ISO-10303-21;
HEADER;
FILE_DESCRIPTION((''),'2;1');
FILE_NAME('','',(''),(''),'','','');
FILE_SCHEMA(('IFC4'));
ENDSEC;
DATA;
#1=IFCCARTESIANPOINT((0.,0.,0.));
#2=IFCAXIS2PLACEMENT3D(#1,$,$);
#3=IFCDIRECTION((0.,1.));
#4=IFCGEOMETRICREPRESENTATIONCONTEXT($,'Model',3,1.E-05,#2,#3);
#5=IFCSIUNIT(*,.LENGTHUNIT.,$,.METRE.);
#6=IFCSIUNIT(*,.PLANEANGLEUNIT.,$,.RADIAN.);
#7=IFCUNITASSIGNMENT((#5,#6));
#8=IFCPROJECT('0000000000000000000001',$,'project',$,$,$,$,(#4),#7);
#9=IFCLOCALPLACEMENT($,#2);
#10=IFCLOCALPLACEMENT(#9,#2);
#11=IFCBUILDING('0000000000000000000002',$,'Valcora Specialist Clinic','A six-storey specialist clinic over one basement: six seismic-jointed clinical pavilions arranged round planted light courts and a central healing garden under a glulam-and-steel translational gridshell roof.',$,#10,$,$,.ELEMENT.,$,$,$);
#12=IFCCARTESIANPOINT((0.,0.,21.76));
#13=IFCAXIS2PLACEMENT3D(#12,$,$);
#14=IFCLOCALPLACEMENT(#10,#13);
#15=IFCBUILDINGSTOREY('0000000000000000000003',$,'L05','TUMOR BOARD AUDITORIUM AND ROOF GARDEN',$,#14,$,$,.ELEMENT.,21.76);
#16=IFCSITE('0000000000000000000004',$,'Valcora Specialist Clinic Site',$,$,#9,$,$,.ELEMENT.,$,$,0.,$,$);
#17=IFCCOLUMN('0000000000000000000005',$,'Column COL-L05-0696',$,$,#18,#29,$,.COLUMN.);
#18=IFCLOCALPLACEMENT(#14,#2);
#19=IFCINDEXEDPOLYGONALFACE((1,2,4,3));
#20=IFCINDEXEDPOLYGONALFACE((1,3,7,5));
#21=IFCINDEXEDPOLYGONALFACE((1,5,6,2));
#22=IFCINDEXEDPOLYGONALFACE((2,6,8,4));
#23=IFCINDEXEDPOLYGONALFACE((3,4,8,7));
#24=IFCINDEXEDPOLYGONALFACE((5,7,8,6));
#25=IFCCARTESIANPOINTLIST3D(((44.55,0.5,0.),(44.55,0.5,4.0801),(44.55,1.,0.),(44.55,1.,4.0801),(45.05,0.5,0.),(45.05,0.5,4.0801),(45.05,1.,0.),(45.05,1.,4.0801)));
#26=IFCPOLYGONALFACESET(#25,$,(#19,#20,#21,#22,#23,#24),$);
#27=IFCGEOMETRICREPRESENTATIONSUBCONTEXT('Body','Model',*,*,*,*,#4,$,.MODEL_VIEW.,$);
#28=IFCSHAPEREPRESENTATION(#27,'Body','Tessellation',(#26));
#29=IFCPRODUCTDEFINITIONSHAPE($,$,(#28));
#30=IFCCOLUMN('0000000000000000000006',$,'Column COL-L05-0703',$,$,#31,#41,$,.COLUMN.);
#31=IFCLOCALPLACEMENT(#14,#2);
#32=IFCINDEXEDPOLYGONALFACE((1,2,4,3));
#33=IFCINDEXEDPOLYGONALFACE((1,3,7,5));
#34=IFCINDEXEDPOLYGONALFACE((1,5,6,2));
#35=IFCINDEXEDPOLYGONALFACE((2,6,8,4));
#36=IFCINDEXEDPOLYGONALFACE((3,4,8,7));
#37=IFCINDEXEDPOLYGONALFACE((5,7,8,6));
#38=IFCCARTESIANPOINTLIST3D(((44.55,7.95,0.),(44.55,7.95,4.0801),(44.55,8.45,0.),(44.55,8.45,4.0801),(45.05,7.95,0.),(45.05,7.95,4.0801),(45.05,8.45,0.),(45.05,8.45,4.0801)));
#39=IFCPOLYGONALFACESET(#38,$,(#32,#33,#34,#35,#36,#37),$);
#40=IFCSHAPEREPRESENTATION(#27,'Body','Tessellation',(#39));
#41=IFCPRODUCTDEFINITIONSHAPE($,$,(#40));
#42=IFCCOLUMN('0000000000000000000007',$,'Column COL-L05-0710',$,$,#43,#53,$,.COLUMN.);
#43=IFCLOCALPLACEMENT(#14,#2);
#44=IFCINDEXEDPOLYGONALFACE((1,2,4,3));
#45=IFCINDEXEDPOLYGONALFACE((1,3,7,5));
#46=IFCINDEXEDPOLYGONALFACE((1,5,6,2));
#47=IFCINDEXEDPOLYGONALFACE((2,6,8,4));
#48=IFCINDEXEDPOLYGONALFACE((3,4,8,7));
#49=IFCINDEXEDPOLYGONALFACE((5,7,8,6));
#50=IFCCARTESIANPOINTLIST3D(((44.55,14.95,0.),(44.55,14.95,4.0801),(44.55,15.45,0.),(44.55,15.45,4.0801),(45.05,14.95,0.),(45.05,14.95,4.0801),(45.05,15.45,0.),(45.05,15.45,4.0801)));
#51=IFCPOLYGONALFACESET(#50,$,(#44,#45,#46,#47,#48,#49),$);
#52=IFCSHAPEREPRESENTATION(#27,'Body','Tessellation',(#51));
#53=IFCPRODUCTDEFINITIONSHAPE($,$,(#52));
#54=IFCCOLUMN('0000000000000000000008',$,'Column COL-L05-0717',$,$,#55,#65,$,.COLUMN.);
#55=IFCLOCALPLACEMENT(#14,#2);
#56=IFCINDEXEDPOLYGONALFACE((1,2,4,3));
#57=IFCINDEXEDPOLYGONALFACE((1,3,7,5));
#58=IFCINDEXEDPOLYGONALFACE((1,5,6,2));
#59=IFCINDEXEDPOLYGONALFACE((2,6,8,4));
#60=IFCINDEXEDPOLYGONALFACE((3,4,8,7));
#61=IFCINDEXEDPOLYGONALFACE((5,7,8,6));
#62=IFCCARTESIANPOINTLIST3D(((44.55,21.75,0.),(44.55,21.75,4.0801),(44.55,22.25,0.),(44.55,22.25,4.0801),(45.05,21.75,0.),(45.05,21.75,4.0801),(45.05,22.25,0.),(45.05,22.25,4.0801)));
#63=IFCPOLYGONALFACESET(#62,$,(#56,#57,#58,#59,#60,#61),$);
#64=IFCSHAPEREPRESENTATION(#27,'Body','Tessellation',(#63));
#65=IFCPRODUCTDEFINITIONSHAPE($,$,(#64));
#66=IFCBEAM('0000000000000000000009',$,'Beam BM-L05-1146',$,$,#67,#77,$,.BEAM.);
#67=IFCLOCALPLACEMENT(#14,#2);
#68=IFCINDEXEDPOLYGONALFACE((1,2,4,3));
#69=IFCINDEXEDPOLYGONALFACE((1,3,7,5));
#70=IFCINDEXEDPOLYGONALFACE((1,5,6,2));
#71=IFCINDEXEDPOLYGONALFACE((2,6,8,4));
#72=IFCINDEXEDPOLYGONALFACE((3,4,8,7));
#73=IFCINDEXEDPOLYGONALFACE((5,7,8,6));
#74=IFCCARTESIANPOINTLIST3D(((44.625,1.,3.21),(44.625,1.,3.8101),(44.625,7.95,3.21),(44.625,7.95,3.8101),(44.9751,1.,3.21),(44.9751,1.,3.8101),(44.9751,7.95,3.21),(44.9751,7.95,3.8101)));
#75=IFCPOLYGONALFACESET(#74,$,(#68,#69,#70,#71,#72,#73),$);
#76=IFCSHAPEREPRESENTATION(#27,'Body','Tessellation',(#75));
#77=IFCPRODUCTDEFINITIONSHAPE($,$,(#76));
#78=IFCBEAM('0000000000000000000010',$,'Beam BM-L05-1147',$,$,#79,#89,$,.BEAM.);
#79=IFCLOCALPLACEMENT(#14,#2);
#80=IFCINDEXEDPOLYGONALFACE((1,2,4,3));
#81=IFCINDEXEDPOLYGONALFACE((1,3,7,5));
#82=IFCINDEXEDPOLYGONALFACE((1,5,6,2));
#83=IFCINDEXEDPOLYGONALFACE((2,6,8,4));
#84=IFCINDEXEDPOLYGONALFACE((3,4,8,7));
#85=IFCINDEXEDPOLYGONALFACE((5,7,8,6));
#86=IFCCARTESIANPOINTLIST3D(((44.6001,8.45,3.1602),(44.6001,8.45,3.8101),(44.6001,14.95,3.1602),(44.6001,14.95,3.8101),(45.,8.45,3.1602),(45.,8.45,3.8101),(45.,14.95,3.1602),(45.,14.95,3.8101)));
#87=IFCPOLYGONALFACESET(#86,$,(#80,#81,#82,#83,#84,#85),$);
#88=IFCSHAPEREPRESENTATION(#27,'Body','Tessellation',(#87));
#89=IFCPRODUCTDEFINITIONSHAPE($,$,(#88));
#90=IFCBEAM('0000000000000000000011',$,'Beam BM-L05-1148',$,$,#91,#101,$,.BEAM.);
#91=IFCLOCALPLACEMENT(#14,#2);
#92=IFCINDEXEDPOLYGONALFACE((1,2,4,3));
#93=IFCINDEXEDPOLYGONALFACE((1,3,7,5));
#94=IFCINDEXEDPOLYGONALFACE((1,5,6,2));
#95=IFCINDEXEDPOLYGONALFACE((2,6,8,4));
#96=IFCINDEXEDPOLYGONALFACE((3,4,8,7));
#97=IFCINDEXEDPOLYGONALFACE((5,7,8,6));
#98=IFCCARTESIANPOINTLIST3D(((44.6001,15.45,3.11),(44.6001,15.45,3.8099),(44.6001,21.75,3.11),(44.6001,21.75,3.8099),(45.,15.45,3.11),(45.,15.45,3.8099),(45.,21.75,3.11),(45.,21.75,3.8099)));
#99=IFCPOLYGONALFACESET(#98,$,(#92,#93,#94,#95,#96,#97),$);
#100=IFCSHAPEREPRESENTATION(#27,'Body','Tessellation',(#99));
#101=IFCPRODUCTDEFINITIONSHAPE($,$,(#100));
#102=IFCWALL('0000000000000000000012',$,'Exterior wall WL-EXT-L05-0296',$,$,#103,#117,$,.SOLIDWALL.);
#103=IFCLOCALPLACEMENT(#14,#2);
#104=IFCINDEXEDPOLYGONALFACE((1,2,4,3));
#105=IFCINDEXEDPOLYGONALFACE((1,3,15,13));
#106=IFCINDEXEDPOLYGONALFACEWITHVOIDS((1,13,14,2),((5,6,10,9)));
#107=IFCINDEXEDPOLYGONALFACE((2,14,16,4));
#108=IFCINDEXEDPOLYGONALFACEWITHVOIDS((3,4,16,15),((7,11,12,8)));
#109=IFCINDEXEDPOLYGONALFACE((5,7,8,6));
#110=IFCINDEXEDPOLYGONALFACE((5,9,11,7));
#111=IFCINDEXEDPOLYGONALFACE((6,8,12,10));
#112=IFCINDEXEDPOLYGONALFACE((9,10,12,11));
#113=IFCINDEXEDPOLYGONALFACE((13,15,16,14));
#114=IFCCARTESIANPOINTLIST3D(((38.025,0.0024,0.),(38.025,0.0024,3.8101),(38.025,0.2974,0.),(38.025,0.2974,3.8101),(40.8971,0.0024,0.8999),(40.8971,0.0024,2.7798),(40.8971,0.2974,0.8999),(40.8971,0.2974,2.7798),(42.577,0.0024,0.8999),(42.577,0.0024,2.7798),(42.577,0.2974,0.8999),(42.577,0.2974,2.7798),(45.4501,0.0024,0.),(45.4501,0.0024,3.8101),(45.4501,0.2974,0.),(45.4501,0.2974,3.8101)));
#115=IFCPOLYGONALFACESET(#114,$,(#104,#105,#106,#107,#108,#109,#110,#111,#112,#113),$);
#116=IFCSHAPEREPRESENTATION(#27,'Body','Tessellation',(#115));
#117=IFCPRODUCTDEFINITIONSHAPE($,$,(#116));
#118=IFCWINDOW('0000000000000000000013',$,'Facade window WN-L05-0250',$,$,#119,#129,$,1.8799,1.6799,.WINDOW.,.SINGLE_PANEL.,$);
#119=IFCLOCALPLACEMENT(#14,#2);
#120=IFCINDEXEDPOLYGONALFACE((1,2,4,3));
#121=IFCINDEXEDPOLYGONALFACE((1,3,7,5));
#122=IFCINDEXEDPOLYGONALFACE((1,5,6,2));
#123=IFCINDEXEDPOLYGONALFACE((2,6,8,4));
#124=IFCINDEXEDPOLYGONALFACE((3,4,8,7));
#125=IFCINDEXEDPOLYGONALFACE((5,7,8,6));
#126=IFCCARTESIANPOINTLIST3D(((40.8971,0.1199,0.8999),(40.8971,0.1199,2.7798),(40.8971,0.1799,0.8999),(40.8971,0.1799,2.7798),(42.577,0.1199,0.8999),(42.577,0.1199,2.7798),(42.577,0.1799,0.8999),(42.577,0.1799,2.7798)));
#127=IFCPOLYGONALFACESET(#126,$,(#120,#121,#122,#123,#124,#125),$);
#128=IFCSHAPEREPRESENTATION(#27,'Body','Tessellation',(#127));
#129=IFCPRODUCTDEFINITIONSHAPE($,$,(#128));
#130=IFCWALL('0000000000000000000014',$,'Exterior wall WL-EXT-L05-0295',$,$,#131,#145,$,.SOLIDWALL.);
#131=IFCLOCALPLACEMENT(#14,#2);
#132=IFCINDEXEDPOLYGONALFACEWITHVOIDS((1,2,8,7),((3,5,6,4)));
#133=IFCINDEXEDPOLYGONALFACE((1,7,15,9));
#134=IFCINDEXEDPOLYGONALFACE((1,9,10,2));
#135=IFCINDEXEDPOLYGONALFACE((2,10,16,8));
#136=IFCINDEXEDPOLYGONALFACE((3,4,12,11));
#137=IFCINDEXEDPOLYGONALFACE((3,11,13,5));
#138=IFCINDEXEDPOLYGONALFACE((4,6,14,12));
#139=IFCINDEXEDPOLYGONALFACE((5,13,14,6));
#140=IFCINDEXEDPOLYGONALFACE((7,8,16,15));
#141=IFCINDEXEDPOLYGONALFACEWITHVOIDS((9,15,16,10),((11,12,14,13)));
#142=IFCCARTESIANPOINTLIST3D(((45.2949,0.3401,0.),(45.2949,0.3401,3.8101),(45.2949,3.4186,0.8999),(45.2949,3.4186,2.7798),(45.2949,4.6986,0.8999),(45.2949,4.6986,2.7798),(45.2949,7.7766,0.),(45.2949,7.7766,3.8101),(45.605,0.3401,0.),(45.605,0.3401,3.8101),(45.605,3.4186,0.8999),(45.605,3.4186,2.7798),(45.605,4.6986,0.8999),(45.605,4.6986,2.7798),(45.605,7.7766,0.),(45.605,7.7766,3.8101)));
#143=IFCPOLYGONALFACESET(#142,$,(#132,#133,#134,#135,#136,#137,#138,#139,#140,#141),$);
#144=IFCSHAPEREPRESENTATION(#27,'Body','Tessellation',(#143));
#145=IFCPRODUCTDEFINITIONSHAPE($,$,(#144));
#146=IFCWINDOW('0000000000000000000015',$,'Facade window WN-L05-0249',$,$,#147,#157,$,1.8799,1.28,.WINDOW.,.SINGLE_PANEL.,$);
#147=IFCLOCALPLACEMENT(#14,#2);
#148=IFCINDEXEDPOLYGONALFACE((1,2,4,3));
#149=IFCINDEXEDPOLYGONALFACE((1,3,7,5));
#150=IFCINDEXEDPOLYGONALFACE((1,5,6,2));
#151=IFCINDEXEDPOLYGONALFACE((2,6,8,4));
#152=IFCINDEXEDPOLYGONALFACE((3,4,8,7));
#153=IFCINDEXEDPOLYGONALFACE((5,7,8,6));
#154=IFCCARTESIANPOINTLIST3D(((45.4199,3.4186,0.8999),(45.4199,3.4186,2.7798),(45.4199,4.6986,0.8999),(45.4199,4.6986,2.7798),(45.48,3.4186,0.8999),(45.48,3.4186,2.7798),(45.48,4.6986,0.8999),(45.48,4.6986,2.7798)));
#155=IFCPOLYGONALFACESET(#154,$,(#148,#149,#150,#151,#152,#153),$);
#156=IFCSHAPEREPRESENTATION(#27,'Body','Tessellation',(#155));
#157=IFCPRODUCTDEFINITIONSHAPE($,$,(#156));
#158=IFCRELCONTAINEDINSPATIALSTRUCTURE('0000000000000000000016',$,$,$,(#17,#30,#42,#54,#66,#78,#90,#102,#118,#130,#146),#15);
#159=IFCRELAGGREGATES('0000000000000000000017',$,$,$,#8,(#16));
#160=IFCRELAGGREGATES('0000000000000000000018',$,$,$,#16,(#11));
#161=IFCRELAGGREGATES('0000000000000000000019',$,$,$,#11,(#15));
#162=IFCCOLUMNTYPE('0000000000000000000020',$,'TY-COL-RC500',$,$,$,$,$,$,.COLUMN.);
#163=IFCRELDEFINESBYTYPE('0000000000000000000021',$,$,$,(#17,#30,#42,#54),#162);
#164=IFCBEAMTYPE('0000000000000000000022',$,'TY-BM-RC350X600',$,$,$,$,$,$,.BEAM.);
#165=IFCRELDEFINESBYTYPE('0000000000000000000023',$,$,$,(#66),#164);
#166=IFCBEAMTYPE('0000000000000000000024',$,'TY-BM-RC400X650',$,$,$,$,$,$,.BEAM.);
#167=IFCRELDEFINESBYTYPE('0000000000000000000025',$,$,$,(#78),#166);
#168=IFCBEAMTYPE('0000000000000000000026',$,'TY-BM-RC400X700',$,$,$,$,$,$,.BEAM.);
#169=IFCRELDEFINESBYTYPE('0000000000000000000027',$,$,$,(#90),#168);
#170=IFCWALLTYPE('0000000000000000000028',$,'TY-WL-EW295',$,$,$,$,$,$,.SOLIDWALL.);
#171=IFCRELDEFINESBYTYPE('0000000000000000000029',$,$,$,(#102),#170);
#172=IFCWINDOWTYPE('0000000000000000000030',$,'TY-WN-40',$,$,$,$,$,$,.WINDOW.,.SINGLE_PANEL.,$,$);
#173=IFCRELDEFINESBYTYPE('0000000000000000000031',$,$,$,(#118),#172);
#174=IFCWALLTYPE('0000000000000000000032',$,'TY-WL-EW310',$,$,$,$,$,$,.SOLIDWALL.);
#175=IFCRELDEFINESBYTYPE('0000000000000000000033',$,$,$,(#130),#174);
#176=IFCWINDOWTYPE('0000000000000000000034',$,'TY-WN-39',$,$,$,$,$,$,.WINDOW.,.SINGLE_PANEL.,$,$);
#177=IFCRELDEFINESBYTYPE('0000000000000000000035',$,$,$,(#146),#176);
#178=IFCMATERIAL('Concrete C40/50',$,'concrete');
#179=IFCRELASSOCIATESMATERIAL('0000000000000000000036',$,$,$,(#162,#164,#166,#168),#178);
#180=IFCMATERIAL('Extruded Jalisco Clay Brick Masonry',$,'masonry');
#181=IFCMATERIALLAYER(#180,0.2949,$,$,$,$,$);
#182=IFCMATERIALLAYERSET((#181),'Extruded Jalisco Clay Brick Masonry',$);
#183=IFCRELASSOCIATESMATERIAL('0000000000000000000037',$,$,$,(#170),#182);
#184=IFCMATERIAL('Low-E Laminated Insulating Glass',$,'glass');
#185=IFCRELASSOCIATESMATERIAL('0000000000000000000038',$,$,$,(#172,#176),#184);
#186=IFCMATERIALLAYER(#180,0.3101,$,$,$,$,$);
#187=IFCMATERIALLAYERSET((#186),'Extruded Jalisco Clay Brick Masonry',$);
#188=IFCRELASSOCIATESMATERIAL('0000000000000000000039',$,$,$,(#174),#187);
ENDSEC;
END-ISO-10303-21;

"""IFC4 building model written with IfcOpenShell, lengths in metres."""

from ifc_helpers import new_model, si_unit, direction, frame, frame_2d, origin, origin_2d, place, context, subcontext, project, spatial, rectangle, extrude, material, layer, layer_set, material_profile, profile_set, type_object, element, fill, save


model = new_model("IFC4")

# Units and contexts
model_context = context("Model", 3, precision=1e-05, world=origin(), true_north=direction((0.0, 1.0)))
body_context = subcontext(model_context, "Body", "Model", "MODEL_VIEW")
ifc_project = project(units=[si_unit("LENGTHUNIT", "METRE"), si_unit("PLANEANGLEUNIT", "RADIAN")], contexts=[model_context])

# Site, building, storey
site_placement = place(None, origin())
site = spatial("IfcSite", under=ifc_project, at=site_placement, Name="Valcora Specialist Clinic Site", CompositionType="ELEMENT", RefElevation=0.0)
building_placement = place(site_placement, origin())
building = spatial("IfcBuilding", under=site, at=building_placement, Name="Valcora Specialist Clinic", Description="A six-storey specialist clinic over one basement: six seismic-jointed clinical pavilions arranged round planted light courts and a central healing garden under a glulam-and-steel translational gridshell roof.", CompositionType="ELEMENT")
storey_placement = place(building_placement, frame((0.0, 0.0, 21.76)))
storey = spatial("IfcBuildingStorey", under=building, at=storey_placement, Name="L05", Description="TUMOR BOARD AUDITORIUM AND ROOF GARDEN", CompositionType="ELEMENT", Elevation=21.76)

# Columns
ifc_material_1 = material(Name="Concrete C40/50", Category="concrete")
ifc_material_profile_1 = material_profile(ifc_material_1, rectangle(XDim=0.5, YDim=0.5, at=origin_2d()), Name="RC-COL-500X500")
ifc_profile_set_1 = profile_set([ifc_material_profile_1], Name="Concrete C40/50")
column_type = type_object("IfcColumnType", Name="TY-COL-RC500", PredefinedType="COLUMN", material=ifc_profile_set_1)
for number, where, z_axis, x_axis, name in (
    (1, (44.8, 0.75, 0.0), (0.0, 0.0, 1.0), (1.0, 0.0, 0.0), "Column COL-L05-0696"),
    (2, (44.8, 8.2, 0.0), (0.0, 0.0, 1.0), (1.0, 0.0, 0.0), "Column COL-L05-0703"),
    (3, (44.8, 15.2, 0.0), (0.0, 0.0, 1.0), (1.0, 0.0, 0.0), "Column COL-L05-0710"),
    (4, (44.8, 22.0, 0.0), (0.0, 0.0, 1.0), (1.0, 0.0, 0.0), "Column COL-L05-0717"),
):
    element("IfcColumn", number, at=place(storey_placement, frame(where, z_axis=z_axis, x_axis=x_axis)), inside=storey, type_object=column_type, Name=name, PredefinedType="COLUMN", context=body_context, shape_type="SweptSolid", body=[
        extrude(rectangle(XDim=0.5, YDim=0.5, at=origin_2d()), origin(), (0.0, 0.0, 1.0), 4.0801),
    ])

# Beams
ifc_material_profile_2 = material_profile(ifc_material_1, rectangle(XDim=0.3501, YDim=0.6001, at=origin_2d()), Name="RC-BM-350X600")
ifc_profile_set_2 = profile_set([ifc_material_profile_2], Name="Concrete C40/50")
beam_type_1 = type_object("IfcBeamType", Name="TY-BM-RC350X600", PredefinedType="BEAM", material=ifc_profile_set_2)
beam_1_placement = place(storey_placement, frame((44.8, 1.0, 3.51), z_axis=(0.0, 1.0, 0.0), x_axis=(-1.0, 0.0, 0.0)))
element("IfcBeam", 5, at=beam_1_placement, inside=storey, type_object=beam_type_1, Name="Beam BM-L05-1146", PredefinedType="BEAM", context=body_context, shape_type="SweptSolid", body=[
    extrude(rectangle(XDim=0.3501, YDim=0.6001, at=origin_2d()), origin(), (0.0, 0.0, 1.0), 6.95),
])
ifc_material_profile_3 = material_profile(ifc_material_1, rectangle(XDim=0.3999, YDim=0.6499, at=origin_2d()), Name="RC-BM-400X650")
ifc_profile_set_3 = profile_set([ifc_material_profile_3], Name="Concrete C40/50")
beam_type_2 = type_object("IfcBeamType", Name="TY-BM-RC400X650", PredefinedType="BEAM", material=ifc_profile_set_3)
beam_2_placement = place(storey_placement, frame((44.8, 8.45, 3.4851), z_axis=(0.0, 1.0, 0.0), x_axis=(-1.0, 0.0, 0.0)))
element("IfcBeam", 6, at=beam_2_placement, inside=storey, type_object=beam_type_2, Name="Beam BM-L05-1147", PredefinedType="BEAM", context=body_context, shape_type="SweptSolid", body=[
    extrude(rectangle(XDim=0.3999, YDim=0.6499, at=origin_2d()), origin(), (0.0, 0.0, 1.0), 6.5),
])
ifc_material_profile_4 = material_profile(ifc_material_1, rectangle(XDim=0.3999, YDim=0.7, at=origin_2d()), Name="RC-BM-400X700")
ifc_profile_set_4 = profile_set([ifc_material_profile_4], Name="Concrete C40/50")
beam_type_3 = type_object("IfcBeamType", Name="TY-BM-RC400X700", PredefinedType="BEAM", material=ifc_profile_set_4)
beam_3_placement = place(storey_placement, frame((44.8, 15.45, 3.46), z_axis=(0.0, 1.0, 0.0), x_axis=(-1.0, 0.0, 0.0)))
element("IfcBeam", 7, at=beam_3_placement, inside=storey, type_object=beam_type_3, Name="Beam BM-L05-1148", PredefinedType="BEAM", context=body_context, shape_type="SweptSolid", body=[
    extrude(rectangle(XDim=0.3999, YDim=0.7, at=origin_2d()), origin(), (0.0, 0.0, 1.0), 6.3),
])

# Walls, openings, windows
ifc_material_2 = material(Name="Extruded Jalisco Clay Brick Masonry", Category="masonry")
ifc_layer_1 = layer(ifc_material_2, 0.2949)
ifc_layer_set_1 = layer_set([ifc_layer_1], Name="Extruded Jalisco Clay Brick Masonry")
wall_type_1 = type_object("IfcWallType", Name="TY-WL-EW295", PredefinedType="SOLIDWALL", material=ifc_layer_set_1)
wall_1_placement = place(storey_placement, frame((45.45, 0.1499, 0.0), z_axis=(0.0, 0.0, 1.0), x_axis=(-1.0, 0.0, 0.0)))
wall_1 = element("IfcWall", 8, at=wall_1_placement, inside=storey, type_object=wall_type_1, Name="Exterior wall WL-EXT-L05-0296", PredefinedType="SOLIDWALL", context=body_context, shape_type="SweptSolid", body=[
    extrude(rectangle(XDim=7.425, YDim=0.2949, at=frame_2d((3.7124, 0.0))), origin(), (0.0, 0.0, 1.0), 3.8101),
])
opening_1_placement = place(wall_1_placement, frame((2.873, 0.0, 0.8999)))
opening_1 = element("IfcOpeningElement", 9, at=opening_1_placement, cuts=wall_1, PredefinedType="OPENING", context=body_context, shape_type="SweptSolid", body=[
    extrude(rectangle(XDim=1.6799, YDim=1.8799, at=frame_2d((0.8398, 0.9399))), frame((0.0, 0.1575, 0.0), z_axis=(0.0, -1.0, 0.0), x_axis=(1.0, 0.0, 0.0)), (0.0, 0.0, 1.0), 0.3149),
])
ifc_material_3 = material(Name="Low-E Laminated Insulating Glass", Category="glass")
window_type_1 = type_object("IfcWindowType", Name="TY-WN-40", PartitioningType="SINGLE_PANEL", PredefinedType="WINDOW", material=ifc_material_3)
window_1_placement = place(opening_1_placement, origin())
window_1 = element("IfcWindow", 10, at=window_1_placement, inside=storey, type_object=window_type_1, Name="Facade window WN-L05-0250", OverallHeight=1.8799, OverallWidth=1.6799, PartitioningType="SINGLE_PANEL", PredefinedType="WINDOW", context=body_context, shape_type="SweptSolid", body=[
    extrude(rectangle(XDim=1.6799, YDim=1.8799, at=frame_2d((0.8398, 0.9399))), frame((0.0, 0.03, 0.0), z_axis=(0.0, -1.0, 0.0), x_axis=(1.0, 0.0, 0.0)), (0.0, 0.0, 1.0), 0.0601),
])
fill(opening_1, window_1)
ifc_layer_2 = layer(ifc_material_2, 0.3101)
ifc_layer_set_2 = layer_set([ifc_layer_2], Name="Extruded Jalisco Clay Brick Masonry")
wall_type_2 = type_object("IfcWallType", Name="TY-WL-EW310", PredefinedType="SOLIDWALL", material=ifc_layer_set_2)
wall_2_placement = place(storey_placement, frame((45.45, 7.7766, 0.0), z_axis=(0.0, 0.0, 1.0), x_axis=(0.0, -1.0, 0.0)))
wall_2 = element("IfcWall", 11, at=wall_2_placement, inside=storey, type_object=wall_type_2, Name="Exterior wall WL-EXT-L05-0295", PredefinedType="SOLIDWALL", context=body_context, shape_type="SweptSolid", body=[
    extrude(rectangle(XDim=7.4365, YDim=0.3101, at=frame_2d((3.7183, 0.0))), origin(), (0.0, 0.0, 1.0), 3.8101),
])
opening_2_placement = place(wall_2_placement, frame((3.0779, 0.0, 0.8999)))
opening_2 = element("IfcOpeningElement", 12, at=opening_2_placement, cuts=wall_2, PredefinedType="OPENING", context=body_context, shape_type="SweptSolid", body=[
    extrude(rectangle(XDim=1.28, YDim=1.8799, at=frame_2d((0.6401, 0.9399))), frame((0.0, 0.165, 0.0), z_axis=(0.0, -1.0, 0.0), x_axis=(1.0, 0.0, 0.0)), (0.0, 0.0, 1.0), 0.3301),
])
window_type_2 = type_object("IfcWindowType", Name="TY-WN-39", PartitioningType="SINGLE_PANEL", PredefinedType="WINDOW", material=ifc_material_3)
window_2_placement = place(opening_2_placement, origin())
window_2 = element("IfcWindow", 13, at=window_2_placement, inside=storey, type_object=window_type_2, Name="Facade window WN-L05-0249", OverallHeight=1.8799, OverallWidth=1.28, PartitioningType="SINGLE_PANEL", PredefinedType="WINDOW", context=body_context, shape_type="SweptSolid", body=[
    extrude(rectangle(XDim=1.28, YDim=1.8799, at=frame_2d((0.6401, 0.9399))), frame((0.0, 0.03, 0.0), z_axis=(0.0, -1.0, 0.0), x_axis=(1.0, 0.0, 0.0)), (0.0, 0.0, 1.0), 0.0601),
])
fill(opening_2, window_2)

save(model, "model.ifc")
